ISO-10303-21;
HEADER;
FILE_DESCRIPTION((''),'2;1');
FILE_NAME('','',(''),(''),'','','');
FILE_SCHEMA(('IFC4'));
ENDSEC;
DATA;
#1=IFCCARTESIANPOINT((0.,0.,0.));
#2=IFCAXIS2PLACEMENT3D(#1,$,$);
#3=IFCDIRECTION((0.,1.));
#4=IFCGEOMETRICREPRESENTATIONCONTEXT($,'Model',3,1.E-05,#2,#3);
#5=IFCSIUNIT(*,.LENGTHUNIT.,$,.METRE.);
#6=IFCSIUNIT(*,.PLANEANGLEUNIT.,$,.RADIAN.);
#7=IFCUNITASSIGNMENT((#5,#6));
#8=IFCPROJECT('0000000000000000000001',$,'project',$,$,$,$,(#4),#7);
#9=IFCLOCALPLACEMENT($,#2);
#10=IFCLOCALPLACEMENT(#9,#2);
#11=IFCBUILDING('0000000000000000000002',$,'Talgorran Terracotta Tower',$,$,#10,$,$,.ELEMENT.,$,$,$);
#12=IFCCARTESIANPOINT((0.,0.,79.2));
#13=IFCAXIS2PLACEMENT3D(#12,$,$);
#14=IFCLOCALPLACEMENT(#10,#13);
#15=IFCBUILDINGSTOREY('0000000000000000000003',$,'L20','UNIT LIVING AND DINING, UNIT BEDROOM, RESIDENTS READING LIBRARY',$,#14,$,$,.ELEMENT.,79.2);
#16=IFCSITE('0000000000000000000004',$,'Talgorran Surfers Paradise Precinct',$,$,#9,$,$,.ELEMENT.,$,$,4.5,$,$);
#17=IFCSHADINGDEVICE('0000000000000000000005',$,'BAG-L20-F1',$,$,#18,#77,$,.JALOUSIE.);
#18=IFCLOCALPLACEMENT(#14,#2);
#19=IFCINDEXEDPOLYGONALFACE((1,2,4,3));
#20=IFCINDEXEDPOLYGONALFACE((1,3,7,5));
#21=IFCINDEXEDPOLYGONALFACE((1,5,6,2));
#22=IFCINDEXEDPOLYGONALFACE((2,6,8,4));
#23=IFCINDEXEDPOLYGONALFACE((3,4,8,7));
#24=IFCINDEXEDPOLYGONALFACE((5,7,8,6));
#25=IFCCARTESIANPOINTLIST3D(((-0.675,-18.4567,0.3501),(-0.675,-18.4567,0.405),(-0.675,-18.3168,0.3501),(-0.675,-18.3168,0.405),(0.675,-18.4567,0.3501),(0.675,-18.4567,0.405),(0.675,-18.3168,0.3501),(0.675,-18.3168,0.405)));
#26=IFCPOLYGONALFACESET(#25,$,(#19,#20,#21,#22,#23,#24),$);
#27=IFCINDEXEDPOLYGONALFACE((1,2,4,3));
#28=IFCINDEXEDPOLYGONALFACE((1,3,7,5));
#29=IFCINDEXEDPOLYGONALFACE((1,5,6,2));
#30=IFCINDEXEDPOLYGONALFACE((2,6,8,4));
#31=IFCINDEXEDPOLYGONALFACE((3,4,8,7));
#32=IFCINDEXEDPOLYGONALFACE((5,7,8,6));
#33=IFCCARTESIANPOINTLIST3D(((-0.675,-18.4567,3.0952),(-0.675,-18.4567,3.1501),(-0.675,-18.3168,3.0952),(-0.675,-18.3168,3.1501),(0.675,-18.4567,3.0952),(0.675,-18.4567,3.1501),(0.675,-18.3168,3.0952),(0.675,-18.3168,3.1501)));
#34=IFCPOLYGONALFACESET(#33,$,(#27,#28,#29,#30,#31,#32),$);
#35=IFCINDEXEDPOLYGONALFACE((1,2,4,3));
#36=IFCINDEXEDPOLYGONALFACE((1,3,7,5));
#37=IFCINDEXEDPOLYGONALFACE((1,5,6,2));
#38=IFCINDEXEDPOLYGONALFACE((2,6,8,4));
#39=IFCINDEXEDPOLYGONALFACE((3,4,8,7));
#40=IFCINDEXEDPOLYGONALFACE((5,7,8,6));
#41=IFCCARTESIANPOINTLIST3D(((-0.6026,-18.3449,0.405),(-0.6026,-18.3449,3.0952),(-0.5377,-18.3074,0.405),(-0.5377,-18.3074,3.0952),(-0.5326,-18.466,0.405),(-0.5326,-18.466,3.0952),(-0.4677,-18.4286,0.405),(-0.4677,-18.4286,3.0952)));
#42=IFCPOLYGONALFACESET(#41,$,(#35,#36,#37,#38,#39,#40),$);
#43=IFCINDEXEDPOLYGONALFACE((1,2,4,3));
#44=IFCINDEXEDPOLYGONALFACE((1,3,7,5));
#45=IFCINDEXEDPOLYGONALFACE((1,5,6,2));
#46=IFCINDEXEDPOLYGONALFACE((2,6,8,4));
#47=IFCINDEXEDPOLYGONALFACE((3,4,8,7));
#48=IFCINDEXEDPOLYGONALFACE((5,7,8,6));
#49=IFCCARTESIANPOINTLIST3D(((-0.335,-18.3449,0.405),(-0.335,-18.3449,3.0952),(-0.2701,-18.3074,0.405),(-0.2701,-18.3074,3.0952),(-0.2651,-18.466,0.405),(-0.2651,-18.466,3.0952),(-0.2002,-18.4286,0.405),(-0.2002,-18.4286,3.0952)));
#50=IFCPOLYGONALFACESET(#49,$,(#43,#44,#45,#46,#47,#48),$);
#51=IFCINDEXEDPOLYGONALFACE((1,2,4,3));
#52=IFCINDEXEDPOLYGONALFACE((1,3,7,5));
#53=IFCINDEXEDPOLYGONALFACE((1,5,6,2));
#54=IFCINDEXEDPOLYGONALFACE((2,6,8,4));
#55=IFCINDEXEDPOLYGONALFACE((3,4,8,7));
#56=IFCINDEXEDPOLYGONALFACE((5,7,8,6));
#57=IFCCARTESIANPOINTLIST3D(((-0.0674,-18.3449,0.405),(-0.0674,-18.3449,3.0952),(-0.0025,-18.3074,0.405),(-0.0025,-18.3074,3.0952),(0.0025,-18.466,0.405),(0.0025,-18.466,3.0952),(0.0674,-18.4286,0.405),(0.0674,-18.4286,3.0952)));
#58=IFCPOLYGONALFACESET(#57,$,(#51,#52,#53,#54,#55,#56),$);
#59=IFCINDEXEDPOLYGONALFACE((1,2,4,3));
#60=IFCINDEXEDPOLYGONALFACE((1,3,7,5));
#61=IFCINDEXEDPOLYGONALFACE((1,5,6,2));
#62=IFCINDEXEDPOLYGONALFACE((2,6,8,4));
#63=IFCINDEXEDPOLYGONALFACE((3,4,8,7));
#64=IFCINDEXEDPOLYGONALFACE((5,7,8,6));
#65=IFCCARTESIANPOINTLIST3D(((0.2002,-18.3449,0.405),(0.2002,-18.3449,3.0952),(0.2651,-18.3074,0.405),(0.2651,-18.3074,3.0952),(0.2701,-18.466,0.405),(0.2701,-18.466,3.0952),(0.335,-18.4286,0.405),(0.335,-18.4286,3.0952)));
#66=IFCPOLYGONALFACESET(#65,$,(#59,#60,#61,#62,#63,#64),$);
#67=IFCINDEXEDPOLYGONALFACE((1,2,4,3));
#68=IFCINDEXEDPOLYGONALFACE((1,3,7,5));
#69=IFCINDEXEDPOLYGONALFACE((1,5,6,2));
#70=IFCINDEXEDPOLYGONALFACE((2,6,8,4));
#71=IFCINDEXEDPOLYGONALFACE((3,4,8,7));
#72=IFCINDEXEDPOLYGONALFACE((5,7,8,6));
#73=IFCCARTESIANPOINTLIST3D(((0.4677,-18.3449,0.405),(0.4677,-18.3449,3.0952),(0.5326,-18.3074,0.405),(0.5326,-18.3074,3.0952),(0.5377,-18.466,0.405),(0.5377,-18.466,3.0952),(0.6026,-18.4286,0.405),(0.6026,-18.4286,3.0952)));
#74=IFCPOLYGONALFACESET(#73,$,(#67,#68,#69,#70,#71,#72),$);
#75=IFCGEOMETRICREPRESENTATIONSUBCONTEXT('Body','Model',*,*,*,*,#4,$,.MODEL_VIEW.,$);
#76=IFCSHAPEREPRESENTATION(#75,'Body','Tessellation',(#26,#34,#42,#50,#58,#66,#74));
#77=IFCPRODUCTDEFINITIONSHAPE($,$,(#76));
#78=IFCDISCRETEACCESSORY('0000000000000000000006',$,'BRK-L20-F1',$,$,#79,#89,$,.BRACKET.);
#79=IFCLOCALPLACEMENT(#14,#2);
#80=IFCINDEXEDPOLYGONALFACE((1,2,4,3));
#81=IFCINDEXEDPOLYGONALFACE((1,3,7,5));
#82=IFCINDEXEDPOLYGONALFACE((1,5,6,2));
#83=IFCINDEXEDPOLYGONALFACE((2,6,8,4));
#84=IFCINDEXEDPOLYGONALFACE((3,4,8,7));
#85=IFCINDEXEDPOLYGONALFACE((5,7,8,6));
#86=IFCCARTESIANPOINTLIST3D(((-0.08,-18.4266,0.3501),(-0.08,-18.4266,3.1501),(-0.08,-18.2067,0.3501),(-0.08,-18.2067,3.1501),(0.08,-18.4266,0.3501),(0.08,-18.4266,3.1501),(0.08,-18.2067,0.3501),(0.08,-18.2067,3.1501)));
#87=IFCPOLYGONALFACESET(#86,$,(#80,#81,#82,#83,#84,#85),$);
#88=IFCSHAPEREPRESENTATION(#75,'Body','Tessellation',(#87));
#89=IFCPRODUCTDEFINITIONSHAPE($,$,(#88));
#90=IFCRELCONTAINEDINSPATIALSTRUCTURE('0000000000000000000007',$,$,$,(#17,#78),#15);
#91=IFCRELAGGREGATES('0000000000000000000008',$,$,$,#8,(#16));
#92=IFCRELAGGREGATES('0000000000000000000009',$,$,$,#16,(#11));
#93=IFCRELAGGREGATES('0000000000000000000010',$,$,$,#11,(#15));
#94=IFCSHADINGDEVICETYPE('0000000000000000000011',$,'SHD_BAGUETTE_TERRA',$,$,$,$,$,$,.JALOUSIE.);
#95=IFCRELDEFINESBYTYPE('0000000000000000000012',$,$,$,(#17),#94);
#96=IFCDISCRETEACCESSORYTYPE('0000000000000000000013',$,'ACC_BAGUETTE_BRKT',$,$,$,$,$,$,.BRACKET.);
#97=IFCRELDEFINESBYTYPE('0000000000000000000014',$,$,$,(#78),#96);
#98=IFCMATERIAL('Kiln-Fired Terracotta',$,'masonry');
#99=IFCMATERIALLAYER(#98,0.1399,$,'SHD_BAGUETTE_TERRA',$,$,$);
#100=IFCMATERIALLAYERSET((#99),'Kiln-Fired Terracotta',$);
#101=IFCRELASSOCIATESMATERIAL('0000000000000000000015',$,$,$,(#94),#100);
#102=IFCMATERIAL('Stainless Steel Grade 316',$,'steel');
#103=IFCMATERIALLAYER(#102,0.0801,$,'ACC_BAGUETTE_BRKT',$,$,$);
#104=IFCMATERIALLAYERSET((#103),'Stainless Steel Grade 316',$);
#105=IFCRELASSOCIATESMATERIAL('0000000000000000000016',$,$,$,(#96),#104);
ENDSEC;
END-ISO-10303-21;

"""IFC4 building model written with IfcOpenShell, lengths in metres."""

from ifc_helpers import new_model, si_unit, direction, frame, origin, origin_2d, place, context, subcontext, project, spatial, rectangle, extrude, source, transform, mapped, material, layer, layer_set, type_object, type_shapes, element, save


model = new_model("IFC4")

# Units and contexts
model_context = context("Model", 3, precision=1e-05, world=origin(), true_north=direction((0.0, 1.0)))
body_context = subcontext(model_context, "Body", "Model", "MODEL_VIEW")
ifc_project = project(units=[si_unit("LENGTHUNIT", "METRE"), si_unit("PLANEANGLEUNIT", "RADIAN")], contexts=[model_context])

# Site, building, storey
site_placement = place(None, origin())
site = spatial("IfcSite", under=ifc_project, at=site_placement, Name="Talgorran Surfers Paradise Precinct", CompositionType="ELEMENT", RefElevation=4.5)
building_placement = place(site_placement, origin())
building = spatial("IfcBuilding", under=site, at=building_placement, Name="Talgorran Terracotta Tower", CompositionType="ELEMENT")
storey_placement = place(building_placement, frame((0.0, 0.0, 79.2)))
storey = spatial("IfcBuildingStorey", under=building, at=storey_placement, Name="L20", Description="UNIT LIVING AND DINING, UNIT BEDROOM, RESIDENTS READING LIBRARY", CompositionType="ELEMENT", Elevation=79.2)

# Shading device
ifc_material_1 = material(Name="Kiln-Fired Terracotta", Category="masonry")
ifc_layer_1 = layer(ifc_material_1, 0.1399, Name="SHD_BAGUETTE_TERRA")
ifc_layer_set_1 = layer_set([ifc_layer_1], Name="Kiln-Fired Terracotta")
shading_device_type = type_object("IfcShadingDeviceType", Name="SHD_BAGUETTE_TERRA", PredefinedType="JALOUSIE", material=ifc_layer_set_1)
shared_shape_1 = source(origin(), body_context, "Body", "SweptSolid", [
    extrude(rectangle(XDim=1.3501, YDim=0.1399, at=origin_2d()), origin(), (0.0, 0.0, 1.0), 0.0549),
    extrude(rectangle(XDim=1.3501, YDim=0.1399, at=origin_2d()), frame((0.0, 0.0, 2.7451)), (0.0, 0.0, 1.0), 0.0549),
    extrude(rectangle(XDim=0.075, YDim=0.1399, at=origin_2d()), frame((-0.5352, 0.0, 0.0549), z_axis=(0.0, 0.0, 1.0), x_axis=(0.866025, 0.5, 0.0)), (0.0, 0.0, 1.0), 2.6902),
    extrude(rectangle(XDim=0.075, YDim=0.1399, at=origin_2d()), frame((-0.2676, 0.0, 0.0549), z_axis=(0.0, 0.0, 1.0), x_axis=(0.866025, 0.5, 0.0)), (0.0, 0.0, 1.0), 2.6902),
    extrude(rectangle(XDim=0.075, YDim=0.1399, at=origin_2d()), frame((0.0, 0.0, 0.0549), z_axis=(0.0, 0.0, 1.0), x_axis=(0.866025, 0.5, 0.0)), (0.0, 0.0, 1.0), 2.6902),
    extrude(rectangle(XDim=0.075, YDim=0.1399, at=origin_2d()), frame((0.2676, 0.0, 0.0549), z_axis=(0.0, 0.0, 1.0), x_axis=(0.866025, 0.5, 0.0)), (0.0, 0.0, 1.0), 2.6902),
    extrude(rectangle(XDim=0.075, YDim=0.1399, at=origin_2d()), frame((0.5352, 0.0, 0.0549), z_axis=(0.0, 0.0, 1.0), x_axis=(0.866025, 0.5, 0.0)), (0.0, 0.0, 1.0), 2.6902),
])
type_shapes(shading_device_type, [shared_shape_1])
shading_device_placement = place(storey_placement, frame((0.0, -18.3867, 0.3501), z_axis=(0.0, 0.0, 1.0), x_axis=(1.0, 0.0, 0.0)))
element("IfcShadingDevice", 1, at=shading_device_placement, inside=storey, type_object=shading_device_type, Name="BAG-L20-F1", PredefinedType="JALOUSIE", context=body_context, shape_type="MappedRepresentation", body=[
    mapped(shared_shape_1, transform((0.0, 0.0, 0.0), scale=1.0)),
])

# Discrete accessory
ifc_material_2 = material(Name="Stainless Steel Grade 316", Category="steel")
ifc_layer_2 = layer(ifc_material_2, 0.0801, Name="ACC_BAGUETTE_BRKT")
ifc_layer_set_2 = layer_set([ifc_layer_2], Name="Stainless Steel Grade 316")
discrete_accessory_type = type_object("IfcDiscreteAccessoryType", Name="ACC_BAGUETTE_BRKT", PredefinedType="BRACKET", material=ifc_layer_set_2)
shared_shape_2 = source(origin(), body_context, "Body", "SweptSolid", [
    extrude(rectangle(XDim=0.1599, YDim=0.22, at=origin_2d()), origin(), (0.0, 0.0, 1.0), 2.8),
])
type_shapes(discrete_accessory_type, [shared_shape_2])
discrete_accessory_placement = place(storey_placement, frame((0.0, -18.3167, 0.3501), z_axis=(0.0, 0.0, 1.0), x_axis=(1.0, 0.0, 0.0)))
element("IfcDiscreteAccessory", 2, at=discrete_accessory_placement, inside=storey, type_object=discrete_accessory_type, Name="BRK-L20-F1", PredefinedType="BRACKET", context=body_context, shape_type="MappedRepresentation", body=[
    mapped(shared_shape_2, transform((0.0, 0.0, 0.0), scale=1.0)),
])

save(model, "model.ifc")
